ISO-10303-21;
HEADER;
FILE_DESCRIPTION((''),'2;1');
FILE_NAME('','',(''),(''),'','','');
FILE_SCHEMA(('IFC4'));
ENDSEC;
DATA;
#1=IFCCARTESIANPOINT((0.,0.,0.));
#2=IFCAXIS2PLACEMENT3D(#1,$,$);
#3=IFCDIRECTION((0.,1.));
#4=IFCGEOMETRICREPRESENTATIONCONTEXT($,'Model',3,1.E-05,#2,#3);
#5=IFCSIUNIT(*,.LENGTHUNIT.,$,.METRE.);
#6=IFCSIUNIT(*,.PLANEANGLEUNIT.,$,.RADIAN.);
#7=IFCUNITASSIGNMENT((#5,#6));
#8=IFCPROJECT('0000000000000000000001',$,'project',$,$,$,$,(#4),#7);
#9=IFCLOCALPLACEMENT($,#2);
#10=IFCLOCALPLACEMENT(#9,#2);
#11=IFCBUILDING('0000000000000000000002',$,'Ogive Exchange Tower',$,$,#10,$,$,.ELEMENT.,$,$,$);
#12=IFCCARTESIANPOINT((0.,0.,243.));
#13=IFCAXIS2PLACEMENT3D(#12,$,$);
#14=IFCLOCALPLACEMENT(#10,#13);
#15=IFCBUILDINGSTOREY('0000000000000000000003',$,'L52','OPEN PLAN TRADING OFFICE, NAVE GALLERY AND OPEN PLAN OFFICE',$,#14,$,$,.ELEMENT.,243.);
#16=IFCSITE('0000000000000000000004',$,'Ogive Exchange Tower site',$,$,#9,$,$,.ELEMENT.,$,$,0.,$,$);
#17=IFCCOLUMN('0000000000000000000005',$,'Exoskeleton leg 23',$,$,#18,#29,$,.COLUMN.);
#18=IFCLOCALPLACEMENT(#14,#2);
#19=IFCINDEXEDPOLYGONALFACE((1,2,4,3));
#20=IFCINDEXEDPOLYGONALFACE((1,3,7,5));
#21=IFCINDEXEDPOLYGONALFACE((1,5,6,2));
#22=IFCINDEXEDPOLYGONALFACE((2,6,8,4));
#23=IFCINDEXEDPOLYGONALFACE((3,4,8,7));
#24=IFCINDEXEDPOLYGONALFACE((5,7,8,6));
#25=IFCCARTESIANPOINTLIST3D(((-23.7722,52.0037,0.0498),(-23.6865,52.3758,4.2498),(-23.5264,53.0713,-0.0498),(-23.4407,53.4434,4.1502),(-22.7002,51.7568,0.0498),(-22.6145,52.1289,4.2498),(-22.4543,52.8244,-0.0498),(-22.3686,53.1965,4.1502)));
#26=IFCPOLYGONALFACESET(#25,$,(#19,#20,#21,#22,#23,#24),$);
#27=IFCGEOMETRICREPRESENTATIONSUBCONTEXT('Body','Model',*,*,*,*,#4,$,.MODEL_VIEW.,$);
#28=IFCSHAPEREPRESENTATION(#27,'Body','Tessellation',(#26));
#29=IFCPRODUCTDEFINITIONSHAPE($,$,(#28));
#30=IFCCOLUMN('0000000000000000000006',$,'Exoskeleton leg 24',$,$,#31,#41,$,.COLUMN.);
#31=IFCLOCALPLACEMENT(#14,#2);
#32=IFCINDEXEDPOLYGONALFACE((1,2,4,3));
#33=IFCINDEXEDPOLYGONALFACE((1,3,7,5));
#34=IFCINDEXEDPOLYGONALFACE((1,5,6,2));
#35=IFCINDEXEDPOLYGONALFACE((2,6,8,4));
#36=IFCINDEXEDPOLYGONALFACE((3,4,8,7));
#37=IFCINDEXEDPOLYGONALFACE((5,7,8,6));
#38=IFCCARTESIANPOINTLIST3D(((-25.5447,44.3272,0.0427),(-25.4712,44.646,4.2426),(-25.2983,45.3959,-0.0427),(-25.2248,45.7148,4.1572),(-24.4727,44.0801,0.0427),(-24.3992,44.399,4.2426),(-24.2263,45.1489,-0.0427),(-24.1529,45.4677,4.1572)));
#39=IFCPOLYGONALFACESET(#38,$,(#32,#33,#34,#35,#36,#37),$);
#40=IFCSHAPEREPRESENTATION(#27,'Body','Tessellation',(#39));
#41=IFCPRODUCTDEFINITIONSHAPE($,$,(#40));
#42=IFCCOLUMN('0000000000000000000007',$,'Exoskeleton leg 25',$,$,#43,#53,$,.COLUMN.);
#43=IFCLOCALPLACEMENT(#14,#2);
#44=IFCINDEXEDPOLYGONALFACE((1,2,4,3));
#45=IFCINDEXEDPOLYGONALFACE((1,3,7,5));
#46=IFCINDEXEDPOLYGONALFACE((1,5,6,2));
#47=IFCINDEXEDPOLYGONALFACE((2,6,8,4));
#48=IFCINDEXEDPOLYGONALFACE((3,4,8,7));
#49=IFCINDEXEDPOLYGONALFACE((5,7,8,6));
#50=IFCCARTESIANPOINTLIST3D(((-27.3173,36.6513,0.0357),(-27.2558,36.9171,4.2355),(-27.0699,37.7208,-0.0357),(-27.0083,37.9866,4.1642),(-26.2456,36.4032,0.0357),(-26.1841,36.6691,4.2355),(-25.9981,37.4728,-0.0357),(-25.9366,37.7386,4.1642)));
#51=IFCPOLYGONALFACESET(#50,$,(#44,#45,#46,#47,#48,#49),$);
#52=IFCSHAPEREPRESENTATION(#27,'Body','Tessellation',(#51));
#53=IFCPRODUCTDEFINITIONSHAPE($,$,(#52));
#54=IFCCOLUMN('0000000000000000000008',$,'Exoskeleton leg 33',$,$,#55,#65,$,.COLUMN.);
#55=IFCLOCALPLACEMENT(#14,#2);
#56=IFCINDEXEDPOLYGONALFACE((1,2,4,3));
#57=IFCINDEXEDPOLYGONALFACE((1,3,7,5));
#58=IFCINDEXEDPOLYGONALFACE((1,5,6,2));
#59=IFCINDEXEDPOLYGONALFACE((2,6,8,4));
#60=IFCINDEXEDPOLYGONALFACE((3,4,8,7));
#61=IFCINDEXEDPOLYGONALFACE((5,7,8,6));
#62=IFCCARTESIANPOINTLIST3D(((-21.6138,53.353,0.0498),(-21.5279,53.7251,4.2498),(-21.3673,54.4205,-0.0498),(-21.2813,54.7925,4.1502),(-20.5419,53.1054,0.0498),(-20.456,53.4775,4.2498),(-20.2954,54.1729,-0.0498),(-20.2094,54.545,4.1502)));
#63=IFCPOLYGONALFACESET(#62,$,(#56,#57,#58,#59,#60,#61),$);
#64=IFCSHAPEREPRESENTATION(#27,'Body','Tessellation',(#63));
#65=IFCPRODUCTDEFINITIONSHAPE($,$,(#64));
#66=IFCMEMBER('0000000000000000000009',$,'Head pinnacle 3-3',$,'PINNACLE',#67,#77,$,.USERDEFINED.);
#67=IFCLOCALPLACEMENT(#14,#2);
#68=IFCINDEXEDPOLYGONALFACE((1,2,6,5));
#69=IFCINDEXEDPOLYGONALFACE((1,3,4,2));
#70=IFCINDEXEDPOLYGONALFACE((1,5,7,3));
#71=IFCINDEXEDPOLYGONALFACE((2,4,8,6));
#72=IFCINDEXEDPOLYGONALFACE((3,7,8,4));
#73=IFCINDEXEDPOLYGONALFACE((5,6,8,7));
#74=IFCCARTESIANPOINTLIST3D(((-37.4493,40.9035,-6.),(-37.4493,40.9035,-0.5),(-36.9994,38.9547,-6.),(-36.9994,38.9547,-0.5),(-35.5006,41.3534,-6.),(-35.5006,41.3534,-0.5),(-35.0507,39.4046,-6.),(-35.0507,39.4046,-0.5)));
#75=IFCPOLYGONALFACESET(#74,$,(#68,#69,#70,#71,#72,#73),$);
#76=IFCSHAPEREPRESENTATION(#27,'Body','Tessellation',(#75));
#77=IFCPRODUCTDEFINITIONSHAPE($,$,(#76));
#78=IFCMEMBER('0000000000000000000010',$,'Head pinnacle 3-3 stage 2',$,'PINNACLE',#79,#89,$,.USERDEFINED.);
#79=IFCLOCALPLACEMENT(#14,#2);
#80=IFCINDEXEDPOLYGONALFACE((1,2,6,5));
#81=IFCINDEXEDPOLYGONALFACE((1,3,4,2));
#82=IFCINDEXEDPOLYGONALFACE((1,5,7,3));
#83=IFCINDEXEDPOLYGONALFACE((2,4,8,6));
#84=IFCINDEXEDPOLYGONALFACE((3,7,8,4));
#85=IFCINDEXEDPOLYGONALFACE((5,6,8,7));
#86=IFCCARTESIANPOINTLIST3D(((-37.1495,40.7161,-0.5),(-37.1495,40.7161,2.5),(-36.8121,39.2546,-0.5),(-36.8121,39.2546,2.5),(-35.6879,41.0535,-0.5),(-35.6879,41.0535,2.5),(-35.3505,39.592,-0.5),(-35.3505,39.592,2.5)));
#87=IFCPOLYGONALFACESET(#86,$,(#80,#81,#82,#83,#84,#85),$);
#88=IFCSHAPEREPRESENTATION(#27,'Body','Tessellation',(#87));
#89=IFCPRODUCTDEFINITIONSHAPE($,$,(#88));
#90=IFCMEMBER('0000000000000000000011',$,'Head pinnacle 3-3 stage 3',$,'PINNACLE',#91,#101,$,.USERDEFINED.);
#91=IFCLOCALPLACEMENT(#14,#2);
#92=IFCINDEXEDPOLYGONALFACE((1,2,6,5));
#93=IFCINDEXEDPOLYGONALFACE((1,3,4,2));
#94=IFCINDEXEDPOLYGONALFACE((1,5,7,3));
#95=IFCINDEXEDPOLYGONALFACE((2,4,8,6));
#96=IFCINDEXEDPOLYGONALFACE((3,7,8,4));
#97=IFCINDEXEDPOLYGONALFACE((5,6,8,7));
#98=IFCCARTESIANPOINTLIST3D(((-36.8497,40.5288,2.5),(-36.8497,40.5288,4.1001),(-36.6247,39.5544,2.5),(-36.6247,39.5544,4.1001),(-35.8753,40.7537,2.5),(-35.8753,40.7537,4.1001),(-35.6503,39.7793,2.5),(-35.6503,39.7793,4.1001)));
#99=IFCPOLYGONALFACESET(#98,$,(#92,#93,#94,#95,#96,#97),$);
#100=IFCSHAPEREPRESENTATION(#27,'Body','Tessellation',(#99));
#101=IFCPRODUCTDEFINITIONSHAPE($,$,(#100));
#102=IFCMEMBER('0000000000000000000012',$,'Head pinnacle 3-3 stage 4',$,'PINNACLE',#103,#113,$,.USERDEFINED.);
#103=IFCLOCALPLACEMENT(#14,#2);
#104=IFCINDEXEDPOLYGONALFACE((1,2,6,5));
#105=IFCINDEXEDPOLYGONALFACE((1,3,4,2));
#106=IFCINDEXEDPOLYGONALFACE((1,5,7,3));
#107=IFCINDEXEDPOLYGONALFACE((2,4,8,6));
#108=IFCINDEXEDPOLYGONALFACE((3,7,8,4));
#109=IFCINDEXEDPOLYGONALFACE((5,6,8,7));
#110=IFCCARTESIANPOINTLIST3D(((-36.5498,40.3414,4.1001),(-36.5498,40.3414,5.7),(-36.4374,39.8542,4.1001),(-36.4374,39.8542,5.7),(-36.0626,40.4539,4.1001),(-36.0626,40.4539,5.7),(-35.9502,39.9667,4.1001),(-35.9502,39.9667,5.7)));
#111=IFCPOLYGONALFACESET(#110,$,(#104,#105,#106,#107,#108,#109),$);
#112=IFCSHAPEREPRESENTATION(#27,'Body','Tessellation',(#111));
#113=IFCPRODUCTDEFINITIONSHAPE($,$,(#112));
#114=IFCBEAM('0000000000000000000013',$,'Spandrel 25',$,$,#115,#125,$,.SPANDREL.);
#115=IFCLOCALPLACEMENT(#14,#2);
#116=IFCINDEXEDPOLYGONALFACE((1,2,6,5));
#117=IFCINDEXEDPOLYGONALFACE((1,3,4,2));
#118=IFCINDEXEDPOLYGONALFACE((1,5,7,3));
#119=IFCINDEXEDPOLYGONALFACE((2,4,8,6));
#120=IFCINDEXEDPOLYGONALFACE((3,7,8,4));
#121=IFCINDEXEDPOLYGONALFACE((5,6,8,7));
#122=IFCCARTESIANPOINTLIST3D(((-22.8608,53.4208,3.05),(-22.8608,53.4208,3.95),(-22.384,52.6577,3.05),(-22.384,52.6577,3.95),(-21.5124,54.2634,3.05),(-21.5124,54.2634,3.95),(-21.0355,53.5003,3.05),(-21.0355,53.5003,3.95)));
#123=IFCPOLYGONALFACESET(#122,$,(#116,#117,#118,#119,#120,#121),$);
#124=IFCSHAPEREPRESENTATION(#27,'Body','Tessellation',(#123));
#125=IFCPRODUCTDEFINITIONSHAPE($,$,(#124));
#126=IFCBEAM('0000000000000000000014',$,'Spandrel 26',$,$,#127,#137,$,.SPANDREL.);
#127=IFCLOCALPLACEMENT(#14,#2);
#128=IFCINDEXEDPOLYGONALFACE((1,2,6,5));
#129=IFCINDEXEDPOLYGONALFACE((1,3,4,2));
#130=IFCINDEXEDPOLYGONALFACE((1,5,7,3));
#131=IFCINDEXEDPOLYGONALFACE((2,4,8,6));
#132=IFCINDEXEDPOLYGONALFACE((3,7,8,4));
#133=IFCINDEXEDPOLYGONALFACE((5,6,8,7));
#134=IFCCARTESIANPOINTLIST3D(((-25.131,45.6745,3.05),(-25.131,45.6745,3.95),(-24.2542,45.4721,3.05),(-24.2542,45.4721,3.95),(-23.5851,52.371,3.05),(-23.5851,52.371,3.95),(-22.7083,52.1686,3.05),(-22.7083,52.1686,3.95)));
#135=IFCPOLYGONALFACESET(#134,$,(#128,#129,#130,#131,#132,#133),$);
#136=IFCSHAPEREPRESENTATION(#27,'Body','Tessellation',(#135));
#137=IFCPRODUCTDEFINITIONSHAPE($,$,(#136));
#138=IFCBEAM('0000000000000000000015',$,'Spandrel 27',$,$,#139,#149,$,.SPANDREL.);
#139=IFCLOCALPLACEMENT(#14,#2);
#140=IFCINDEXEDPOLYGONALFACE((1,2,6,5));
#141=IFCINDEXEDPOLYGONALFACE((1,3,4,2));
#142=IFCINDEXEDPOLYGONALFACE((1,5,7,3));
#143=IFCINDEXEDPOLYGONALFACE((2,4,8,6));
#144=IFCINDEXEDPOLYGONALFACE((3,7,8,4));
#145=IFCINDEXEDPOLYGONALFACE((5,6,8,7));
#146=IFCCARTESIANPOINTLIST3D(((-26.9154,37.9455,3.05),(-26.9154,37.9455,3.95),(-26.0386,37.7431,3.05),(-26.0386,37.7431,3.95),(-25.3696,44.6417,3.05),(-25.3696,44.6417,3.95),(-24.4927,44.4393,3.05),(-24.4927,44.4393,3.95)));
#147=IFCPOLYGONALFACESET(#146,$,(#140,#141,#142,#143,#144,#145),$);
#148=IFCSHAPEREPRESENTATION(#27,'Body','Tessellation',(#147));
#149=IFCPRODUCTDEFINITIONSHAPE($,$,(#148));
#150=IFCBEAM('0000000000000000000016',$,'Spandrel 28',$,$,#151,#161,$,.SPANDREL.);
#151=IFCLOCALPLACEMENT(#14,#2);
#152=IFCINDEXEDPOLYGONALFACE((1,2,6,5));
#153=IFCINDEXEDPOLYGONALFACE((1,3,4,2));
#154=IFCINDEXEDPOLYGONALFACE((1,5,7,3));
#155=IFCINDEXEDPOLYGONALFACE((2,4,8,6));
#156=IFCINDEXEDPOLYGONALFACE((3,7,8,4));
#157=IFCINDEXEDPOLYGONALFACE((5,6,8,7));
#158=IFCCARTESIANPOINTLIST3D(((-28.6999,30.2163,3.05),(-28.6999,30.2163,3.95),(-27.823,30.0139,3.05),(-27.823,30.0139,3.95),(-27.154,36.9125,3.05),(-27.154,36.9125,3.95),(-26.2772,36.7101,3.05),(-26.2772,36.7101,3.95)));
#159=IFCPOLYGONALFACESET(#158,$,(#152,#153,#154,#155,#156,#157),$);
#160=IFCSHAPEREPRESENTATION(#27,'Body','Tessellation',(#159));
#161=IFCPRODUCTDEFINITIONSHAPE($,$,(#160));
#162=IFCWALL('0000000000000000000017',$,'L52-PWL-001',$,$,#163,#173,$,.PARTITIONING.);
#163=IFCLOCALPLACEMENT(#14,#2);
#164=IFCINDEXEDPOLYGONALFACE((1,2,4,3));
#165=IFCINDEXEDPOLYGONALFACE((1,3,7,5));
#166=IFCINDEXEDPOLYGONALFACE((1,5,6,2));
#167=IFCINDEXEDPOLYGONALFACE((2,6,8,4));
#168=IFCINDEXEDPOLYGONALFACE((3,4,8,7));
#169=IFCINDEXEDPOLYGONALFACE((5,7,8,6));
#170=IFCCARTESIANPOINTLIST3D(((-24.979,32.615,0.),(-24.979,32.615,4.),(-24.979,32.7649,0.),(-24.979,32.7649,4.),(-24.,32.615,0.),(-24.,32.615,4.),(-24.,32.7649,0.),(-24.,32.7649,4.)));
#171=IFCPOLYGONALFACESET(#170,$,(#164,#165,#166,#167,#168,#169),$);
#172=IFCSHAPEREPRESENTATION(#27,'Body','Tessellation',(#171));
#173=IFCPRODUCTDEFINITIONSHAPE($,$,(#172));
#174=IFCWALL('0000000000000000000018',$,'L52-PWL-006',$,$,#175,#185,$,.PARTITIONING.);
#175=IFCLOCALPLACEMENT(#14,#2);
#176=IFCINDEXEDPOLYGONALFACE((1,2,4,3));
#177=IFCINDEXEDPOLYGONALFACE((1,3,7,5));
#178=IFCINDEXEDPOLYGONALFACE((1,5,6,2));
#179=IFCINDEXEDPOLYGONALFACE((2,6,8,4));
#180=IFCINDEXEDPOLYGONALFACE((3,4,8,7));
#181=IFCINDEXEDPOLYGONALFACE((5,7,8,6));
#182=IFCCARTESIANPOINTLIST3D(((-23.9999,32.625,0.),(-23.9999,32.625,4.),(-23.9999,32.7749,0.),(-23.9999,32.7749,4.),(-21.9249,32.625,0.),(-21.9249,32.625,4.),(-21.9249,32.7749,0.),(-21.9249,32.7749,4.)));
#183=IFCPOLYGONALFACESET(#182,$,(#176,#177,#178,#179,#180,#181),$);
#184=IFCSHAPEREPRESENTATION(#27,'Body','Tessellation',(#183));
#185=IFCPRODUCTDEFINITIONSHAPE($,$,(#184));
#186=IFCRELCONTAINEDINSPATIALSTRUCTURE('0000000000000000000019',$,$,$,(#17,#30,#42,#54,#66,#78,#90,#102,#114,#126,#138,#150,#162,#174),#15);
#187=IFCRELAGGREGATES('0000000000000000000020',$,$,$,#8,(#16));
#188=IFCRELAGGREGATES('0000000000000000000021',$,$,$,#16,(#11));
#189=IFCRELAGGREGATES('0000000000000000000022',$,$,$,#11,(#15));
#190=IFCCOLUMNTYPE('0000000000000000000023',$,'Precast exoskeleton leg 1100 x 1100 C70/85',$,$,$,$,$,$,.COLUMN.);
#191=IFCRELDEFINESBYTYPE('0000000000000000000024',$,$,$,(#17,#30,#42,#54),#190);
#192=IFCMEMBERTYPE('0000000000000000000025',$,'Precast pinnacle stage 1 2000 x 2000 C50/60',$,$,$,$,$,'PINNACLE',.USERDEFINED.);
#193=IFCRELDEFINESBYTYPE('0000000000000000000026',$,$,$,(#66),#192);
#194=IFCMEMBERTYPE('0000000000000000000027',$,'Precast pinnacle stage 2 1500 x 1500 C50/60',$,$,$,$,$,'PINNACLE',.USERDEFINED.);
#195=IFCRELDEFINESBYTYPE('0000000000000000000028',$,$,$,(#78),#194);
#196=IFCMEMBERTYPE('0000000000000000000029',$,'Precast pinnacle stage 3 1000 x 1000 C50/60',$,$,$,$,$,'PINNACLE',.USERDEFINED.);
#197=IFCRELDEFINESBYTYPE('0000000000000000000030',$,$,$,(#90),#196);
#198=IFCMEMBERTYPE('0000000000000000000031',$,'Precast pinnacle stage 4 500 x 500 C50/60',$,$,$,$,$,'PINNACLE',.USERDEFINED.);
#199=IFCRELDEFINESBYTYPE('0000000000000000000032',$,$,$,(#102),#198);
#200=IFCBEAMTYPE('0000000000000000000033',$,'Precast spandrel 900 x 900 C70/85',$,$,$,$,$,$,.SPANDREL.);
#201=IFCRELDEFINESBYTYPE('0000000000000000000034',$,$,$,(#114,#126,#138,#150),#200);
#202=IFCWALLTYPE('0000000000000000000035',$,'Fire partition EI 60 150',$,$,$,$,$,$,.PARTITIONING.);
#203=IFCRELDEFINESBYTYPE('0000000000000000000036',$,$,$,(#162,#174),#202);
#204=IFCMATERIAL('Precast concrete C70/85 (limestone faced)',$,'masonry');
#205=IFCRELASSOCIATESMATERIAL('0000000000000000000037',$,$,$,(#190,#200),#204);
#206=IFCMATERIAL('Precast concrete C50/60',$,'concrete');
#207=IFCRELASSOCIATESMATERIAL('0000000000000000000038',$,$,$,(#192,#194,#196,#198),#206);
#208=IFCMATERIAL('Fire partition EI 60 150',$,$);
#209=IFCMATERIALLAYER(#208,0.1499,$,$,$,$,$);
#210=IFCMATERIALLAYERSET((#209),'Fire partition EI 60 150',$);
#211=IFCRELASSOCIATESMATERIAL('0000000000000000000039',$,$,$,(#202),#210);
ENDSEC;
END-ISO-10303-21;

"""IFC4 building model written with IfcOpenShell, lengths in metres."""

from ifc_helpers import new_model, si_unit, direction, frame, frame_2d, origin, origin_2d, place, context, subcontext, project, spatial, rectangle, extrude, material, layer, layer_set, material_profile, profile_set, type_object, element, save


model = new_model("IFC4")

# Units and contexts
model_context = context("Model", 3, precision=1e-05, world=origin(), true_north=direction((0.0, 1.0)))
body_context = subcontext(model_context, "Body", "Model", "MODEL_VIEW")
ifc_project = project(units=[si_unit("LENGTHUNIT", "METRE"), si_unit("PLANEANGLEUNIT", "RADIAN")], contexts=[model_context])

# Site, building, storey
site_placement = place(None, origin())
site = spatial("IfcSite", under=ifc_project, at=site_placement, Name="Ogive Exchange Tower site", CompositionType="ELEMENT", RefElevation=0.0)
building_placement = place(site_placement, origin())
building = spatial("IfcBuilding", under=site, at=building_placement, Name="Ogive Exchange Tower", CompositionType="ELEMENT")
storey_placement = place(building_placement, frame((0.0, 0.0, 243.0)))
storey = spatial("IfcBuildingStorey", under=building, at=storey_placement, Name="L52", Description="OPEN PLAN TRADING OFFICE, NAVE GALLERY AND OPEN PLAN OFFICE", CompositionType="ELEMENT", Elevation=243.0)

# Columns
ifc_material_1 = material(Name="Precast concrete C70/85 (limestone faced)", Category="masonry")
ifc_material_profile_1 = material_profile(ifc_material_1, rectangle(XDim=1.1001, YDim=1.1001, at=origin_2d()), Name="1100 x 1100")
ifc_profile_set_1 = profile_set([ifc_material_profile_1], Name="Precast concrete C70/85 (limestone faced)")
column_type = type_object("IfcColumnType", Name="Precast exoskeleton leg 1100 x 1100 C70/85", PredefinedType="COLUMN", material=ifc_profile_set_1)
column_1_placement = place(storey_placement, frame((-23.1133, 52.4141, 0.0), z_axis=(0.02032, 0.088225, 0.995893), x_axis=(-0.974488, 0.224439, 0.0)))
element("IfcColumn", 1, at=column_1_placement, inside=storey, type_object=column_type, Name="Exoskeleton leg 23", PredefinedType="COLUMN", context=body_context, shape_type="SweptSolid", body=[
    extrude(rectangle(XDim=1.1001, YDim=1.1001, at=origin_2d()), origin(), (0.0, 0.0, 1.0), 4.2173),
])
column_2_placement = place(storey_placement, frame((-24.8855, 44.738, 0.0), z_axis=(0.017444, 0.075688, 0.996979), x_axis=(-0.974454, 0.224587, 0.0)))
element("IfcColumn", 2, at=column_2_placement, inside=storey, type_object=column_type, Name="Exoskeleton leg 24", PredefinedType="COLUMN", context=body_context, shape_type="SweptSolid", body=[
    extrude(rectangle(XDim=1.1001, YDim=1.1001, at=origin_2d()), origin(), (0.0, 0.0, 1.0), 4.2126),
])
column_3_placement = place(storey_placement, frame((-26.6577, 37.062, 0.0), z_axis=(0.014618, 0.06317, 0.997896), x_axis=(-0.974255, 0.225448, 0.0)))
element("IfcColumn", 3, at=column_3_placement, inside=storey, type_object=column_type, Name="Exoskeleton leg 25", PredefinedType="COLUMN", context=body_context, shape_type="SweptSolid", body=[
    extrude(rectangle(XDim=1.1001, YDim=1.1001, at=origin_2d()), origin(), (0.0, 0.0, 1.0), 4.2087),
])
column_4_placement = place(storey_placement, frame((-20.9546, 53.7629, 0.0), z_axis=(0.020377, 0.088225, 0.995892), x_axis=(-0.974348, 0.225046, 0.0)))
element("IfcColumn", 4, at=column_4_placement, inside=storey, type_object=column_type, Name="Exoskeleton leg 33", PredefinedType="COLUMN", context=body_context, shape_type="SweptSolid", body=[
    extrude(rectangle(XDim=1.1001, YDim=1.1001, at=origin_2d()), origin(), (0.0, 0.0, 1.0), 4.2173),
])

# Members
ifc_material_2 = material(Name="Precast concrete C50/60", Category="concrete")
ifc_material_profile_2 = material_profile(ifc_material_2, rectangle(XDim=2.0, YDim=2.0, at=origin_2d()), Name="PINNACLE 1 2000 x 2000")
ifc_profile_set_2 = profile_set([ifc_material_profile_2], Name="Precast concrete C50/60")
member_type_1 = type_object("IfcMemberType", Name="Precast pinnacle stage 1 2000 x 2000 C50/60", ElementType="PINNACLE", PredefinedType="USERDEFINED", material=ifc_profile_set_2)
member_1_placement = place(storey_placement, frame((-36.25, 40.1541, -6.0), z_axis=(0.0, 0.0, 1.0), x_axis=(0.97437, 0.224951, 0.0)))
element("IfcMember", 5, at=member_1_placement, inside=storey, type_object=member_type_1, Name="Head pinnacle 3-3", ObjectType="PINNACLE", PredefinedType="USERDEFINED", context=body_context, shape_type="SweptSolid", body=[
    extrude(rectangle(XDim=2.0, YDim=2.0, at=origin_2d()), origin(), (0.0, 0.0, 1.0), 5.5),
])
ifc_material_profile_3 = material_profile(ifc_material_2, rectangle(XDim=1.5, YDim=1.5, at=origin_2d()), Name="PINNACLE 2 1500 x 1500")
ifc_profile_set_3 = profile_set([ifc_material_profile_3], Name="Precast concrete C50/60")
member_type_2 = type_object("IfcMemberType", Name="Precast pinnacle stage 2 1500 x 1500 C50/60", ElementType="PINNACLE", PredefinedType="USERDEFINED", material=ifc_profile_set_3)
member_2_placement = place(storey_placement, frame((-36.25, 40.1541, -0.5), z_axis=(0.0, 0.0, 1.0), x_axis=(0.97437, 0.224951, 0.0)))
element("IfcMember", 6, at=member_2_placement, inside=storey, type_object=member_type_2, Name="Head pinnacle 3-3 stage 2", ObjectType="PINNACLE", PredefinedType="USERDEFINED", context=body_context, shape_type="SweptSolid", body=[
    extrude(rectangle(XDim=1.5, YDim=1.5, at=origin_2d()), origin(), (0.0, 0.0, 1.0), 3.0),
])
ifc_material_profile_4 = material_profile(ifc_material_2, rectangle(XDim=1.0, YDim=1.0, at=origin_2d()), Name="PINNACLE 3 1000 x 1000")
ifc_profile_set_4 = profile_set([ifc_material_profile_4], Name="Precast concrete C50/60")
member_type_3 = type_object("IfcMemberType", Name="Precast pinnacle stage 3 1000 x 1000 C50/60", ElementType="PINNACLE", PredefinedType="USERDEFINED", material=ifc_profile_set_4)
member_3_placement = place(storey_placement, frame((-36.25, 40.1541, 2.5), z_axis=(0.0, 0.0, 1.0), x_axis=(0.97437, 0.224951, 0.0)))
element("IfcMember", 7, at=member_3_placement, inside=storey, type_object=member_type_3, Name="Head pinnacle 3-3 stage 3", ObjectType="PINNACLE", PredefinedType="USERDEFINED", context=body_context, shape_type="SweptSolid", body=[
    extrude(rectangle(XDim=1.0, YDim=1.0, at=origin_2d()), origin(), (0.0, 0.0, 1.0), 1.6001),
])
ifc_material_profile_5 = material_profile(ifc_material_2, rectangle(XDim=0.5, YDim=0.5, at=origin_2d()), Name="PINNACLE 4 500 x 500")
ifc_profile_set_5 = profile_set([ifc_material_profile_5], Name="Precast concrete C50/60")
member_type_4 = type_object("IfcMemberType", Name="Precast pinnacle stage 4 500 x 500 C50/60", ElementType="PINNACLE", PredefinedType="USERDEFINED", material=ifc_profile_set_5)
member_4_placement = place(storey_placement, frame((-36.25, 40.1541, 4.1001), z_axis=(0.0, 0.0, 1.0), x_axis=(0.97437, 0.224951, 0.0)))
element("IfcMember", 8, at=member_4_placement, inside=storey, type_object=member_type_4, Name="Head pinnacle 3-3 stage 4", ObjectType="PINNACLE", PredefinedType="USERDEFINED", context=body_context, shape_type="SweptSolid", body=[
    extrude(rectangle(XDim=0.5, YDim=0.5, at=origin_2d()), origin(), (0.0, 0.0, 1.0), 1.5999),
])

# Beams
ifc_material_profile_6 = material_profile(ifc_material_1, rectangle(XDim=0.8999, YDim=0.8999, at=origin_2d()), Name="900 x 900")
ifc_profile_set_6 = profile_set([ifc_material_profile_6], Name="Precast concrete C70/85 (limestone faced)")
beam_type = type_object("IfcBeamType", Name="Precast spandrel 900 x 900 C70/85", PredefinedType="SPANDREL", material=ifc_profile_set_6)
beam_1_placement = place(storey_placement, frame((-21.2739, 53.8818, 3.5), z_axis=(-0.848059, -0.529902, 0.0), x_axis=(0.529902, -0.848059, 0.0)))
element("IfcBeam", 9, at=beam_1_placement, inside=storey, type_object=beam_type, Name="Spandrel 25", PredefinedType="SPANDREL", context=body_context, shape_type="SweptSolid", body=[
    extrude(rectangle(XDim=0.8999, YDim=0.8999, at=origin_2d()), origin(), (0.0, 0.0, 1.0), 1.5901),
])
beam_2_placement = place(storey_placement, frame((-23.1467, 52.2698, 3.5), z_axis=(-0.224935, -0.974374, 0.0), x_axis=(0.974374, -0.224935, 0.0)))
element("IfcBeam", 10, at=beam_2_placement, inside=storey, type_object=beam_type, Name="Spandrel 26", PredefinedType="SPANDREL", context=body_context, shape_type="SweptSolid", body=[
    extrude(rectangle(XDim=0.8999, YDim=0.8999, at=origin_2d()), origin(), (0.0, 0.0, 1.0), 6.8726),
])
for number, where, z_axis, x_axis, name in (
    (11, (-24.9312, 44.5405, 3.5), (-0.224943, -0.974372, 0.0), (0.974372, -0.224943, 0.0), "Spandrel 27"),
    (12, (-26.7156, 36.8113, 3.5), (-0.224943, -0.974372, 0.0), (0.974372, -0.224943, 0.0), "Spandrel 28"),
):
    element("IfcBeam", number, at=place(storey_placement, frame(where, z_axis=z_axis, x_axis=x_axis)), inside=storey, type_object=beam_type, Name=name, PredefinedType="SPANDREL", context=body_context, shape_type="SweptSolid", body=[
        extrude(rectangle(XDim=0.8999, YDim=0.8999, at=origin_2d()), origin(), (0.0, 0.0, 1.0), 6.8723),
    ])

# Walls
ifc_material_3 = material(Name="Fire partition EI 60 150")
ifc_layer_1 = layer(ifc_material_3, 0.1499)
ifc_layer_set_1 = layer_set([ifc_layer_1], Name="Fire partition EI 60 150")
wall_type_1 = type_object("IfcWallType", Name="Fire partition EI 60 150", PredefinedType="PARTITIONING", material=ifc_layer_set_1)
wall_1_placement = place(storey_placement, frame((-24.979, 32.6899, 0.0), z_axis=(0.0, 0.0, 1.0), x_axis=(1.0, 0.0, 0.0)))
element("IfcWall", 13, at=wall_1_placement, inside=storey, type_object=wall_type_1, Name="L52-PWL-001", PredefinedType="PARTITIONING", context=body_context, shape_type="SweptSolid", body=[
    extrude(rectangle(XDim=0.979, YDim=0.1499, at=frame_2d((0.4895, 0.0))), origin(), (0.0, 0.0, 1.0), 4.0),
])
wall_2_placement = place(storey_placement, frame((-24.0, 32.7, 0.0), z_axis=(0.0, 0.0, 1.0), x_axis=(1.0, 0.0, 0.0)))
element("IfcWall", 14, at=wall_2_placement, inside=storey, type_object=wall_type_1, Name="L52-PWL-006", PredefinedType="PARTITIONING", context=body_context, shape_type="SweptSolid", body=[
    extrude(rectangle(XDim=2.075, YDim=0.1499, at=frame_2d((1.0376, 0.0))), origin(), (0.0, 0.0, 1.0), 4.0),
])

save(model, "model.ifc")
